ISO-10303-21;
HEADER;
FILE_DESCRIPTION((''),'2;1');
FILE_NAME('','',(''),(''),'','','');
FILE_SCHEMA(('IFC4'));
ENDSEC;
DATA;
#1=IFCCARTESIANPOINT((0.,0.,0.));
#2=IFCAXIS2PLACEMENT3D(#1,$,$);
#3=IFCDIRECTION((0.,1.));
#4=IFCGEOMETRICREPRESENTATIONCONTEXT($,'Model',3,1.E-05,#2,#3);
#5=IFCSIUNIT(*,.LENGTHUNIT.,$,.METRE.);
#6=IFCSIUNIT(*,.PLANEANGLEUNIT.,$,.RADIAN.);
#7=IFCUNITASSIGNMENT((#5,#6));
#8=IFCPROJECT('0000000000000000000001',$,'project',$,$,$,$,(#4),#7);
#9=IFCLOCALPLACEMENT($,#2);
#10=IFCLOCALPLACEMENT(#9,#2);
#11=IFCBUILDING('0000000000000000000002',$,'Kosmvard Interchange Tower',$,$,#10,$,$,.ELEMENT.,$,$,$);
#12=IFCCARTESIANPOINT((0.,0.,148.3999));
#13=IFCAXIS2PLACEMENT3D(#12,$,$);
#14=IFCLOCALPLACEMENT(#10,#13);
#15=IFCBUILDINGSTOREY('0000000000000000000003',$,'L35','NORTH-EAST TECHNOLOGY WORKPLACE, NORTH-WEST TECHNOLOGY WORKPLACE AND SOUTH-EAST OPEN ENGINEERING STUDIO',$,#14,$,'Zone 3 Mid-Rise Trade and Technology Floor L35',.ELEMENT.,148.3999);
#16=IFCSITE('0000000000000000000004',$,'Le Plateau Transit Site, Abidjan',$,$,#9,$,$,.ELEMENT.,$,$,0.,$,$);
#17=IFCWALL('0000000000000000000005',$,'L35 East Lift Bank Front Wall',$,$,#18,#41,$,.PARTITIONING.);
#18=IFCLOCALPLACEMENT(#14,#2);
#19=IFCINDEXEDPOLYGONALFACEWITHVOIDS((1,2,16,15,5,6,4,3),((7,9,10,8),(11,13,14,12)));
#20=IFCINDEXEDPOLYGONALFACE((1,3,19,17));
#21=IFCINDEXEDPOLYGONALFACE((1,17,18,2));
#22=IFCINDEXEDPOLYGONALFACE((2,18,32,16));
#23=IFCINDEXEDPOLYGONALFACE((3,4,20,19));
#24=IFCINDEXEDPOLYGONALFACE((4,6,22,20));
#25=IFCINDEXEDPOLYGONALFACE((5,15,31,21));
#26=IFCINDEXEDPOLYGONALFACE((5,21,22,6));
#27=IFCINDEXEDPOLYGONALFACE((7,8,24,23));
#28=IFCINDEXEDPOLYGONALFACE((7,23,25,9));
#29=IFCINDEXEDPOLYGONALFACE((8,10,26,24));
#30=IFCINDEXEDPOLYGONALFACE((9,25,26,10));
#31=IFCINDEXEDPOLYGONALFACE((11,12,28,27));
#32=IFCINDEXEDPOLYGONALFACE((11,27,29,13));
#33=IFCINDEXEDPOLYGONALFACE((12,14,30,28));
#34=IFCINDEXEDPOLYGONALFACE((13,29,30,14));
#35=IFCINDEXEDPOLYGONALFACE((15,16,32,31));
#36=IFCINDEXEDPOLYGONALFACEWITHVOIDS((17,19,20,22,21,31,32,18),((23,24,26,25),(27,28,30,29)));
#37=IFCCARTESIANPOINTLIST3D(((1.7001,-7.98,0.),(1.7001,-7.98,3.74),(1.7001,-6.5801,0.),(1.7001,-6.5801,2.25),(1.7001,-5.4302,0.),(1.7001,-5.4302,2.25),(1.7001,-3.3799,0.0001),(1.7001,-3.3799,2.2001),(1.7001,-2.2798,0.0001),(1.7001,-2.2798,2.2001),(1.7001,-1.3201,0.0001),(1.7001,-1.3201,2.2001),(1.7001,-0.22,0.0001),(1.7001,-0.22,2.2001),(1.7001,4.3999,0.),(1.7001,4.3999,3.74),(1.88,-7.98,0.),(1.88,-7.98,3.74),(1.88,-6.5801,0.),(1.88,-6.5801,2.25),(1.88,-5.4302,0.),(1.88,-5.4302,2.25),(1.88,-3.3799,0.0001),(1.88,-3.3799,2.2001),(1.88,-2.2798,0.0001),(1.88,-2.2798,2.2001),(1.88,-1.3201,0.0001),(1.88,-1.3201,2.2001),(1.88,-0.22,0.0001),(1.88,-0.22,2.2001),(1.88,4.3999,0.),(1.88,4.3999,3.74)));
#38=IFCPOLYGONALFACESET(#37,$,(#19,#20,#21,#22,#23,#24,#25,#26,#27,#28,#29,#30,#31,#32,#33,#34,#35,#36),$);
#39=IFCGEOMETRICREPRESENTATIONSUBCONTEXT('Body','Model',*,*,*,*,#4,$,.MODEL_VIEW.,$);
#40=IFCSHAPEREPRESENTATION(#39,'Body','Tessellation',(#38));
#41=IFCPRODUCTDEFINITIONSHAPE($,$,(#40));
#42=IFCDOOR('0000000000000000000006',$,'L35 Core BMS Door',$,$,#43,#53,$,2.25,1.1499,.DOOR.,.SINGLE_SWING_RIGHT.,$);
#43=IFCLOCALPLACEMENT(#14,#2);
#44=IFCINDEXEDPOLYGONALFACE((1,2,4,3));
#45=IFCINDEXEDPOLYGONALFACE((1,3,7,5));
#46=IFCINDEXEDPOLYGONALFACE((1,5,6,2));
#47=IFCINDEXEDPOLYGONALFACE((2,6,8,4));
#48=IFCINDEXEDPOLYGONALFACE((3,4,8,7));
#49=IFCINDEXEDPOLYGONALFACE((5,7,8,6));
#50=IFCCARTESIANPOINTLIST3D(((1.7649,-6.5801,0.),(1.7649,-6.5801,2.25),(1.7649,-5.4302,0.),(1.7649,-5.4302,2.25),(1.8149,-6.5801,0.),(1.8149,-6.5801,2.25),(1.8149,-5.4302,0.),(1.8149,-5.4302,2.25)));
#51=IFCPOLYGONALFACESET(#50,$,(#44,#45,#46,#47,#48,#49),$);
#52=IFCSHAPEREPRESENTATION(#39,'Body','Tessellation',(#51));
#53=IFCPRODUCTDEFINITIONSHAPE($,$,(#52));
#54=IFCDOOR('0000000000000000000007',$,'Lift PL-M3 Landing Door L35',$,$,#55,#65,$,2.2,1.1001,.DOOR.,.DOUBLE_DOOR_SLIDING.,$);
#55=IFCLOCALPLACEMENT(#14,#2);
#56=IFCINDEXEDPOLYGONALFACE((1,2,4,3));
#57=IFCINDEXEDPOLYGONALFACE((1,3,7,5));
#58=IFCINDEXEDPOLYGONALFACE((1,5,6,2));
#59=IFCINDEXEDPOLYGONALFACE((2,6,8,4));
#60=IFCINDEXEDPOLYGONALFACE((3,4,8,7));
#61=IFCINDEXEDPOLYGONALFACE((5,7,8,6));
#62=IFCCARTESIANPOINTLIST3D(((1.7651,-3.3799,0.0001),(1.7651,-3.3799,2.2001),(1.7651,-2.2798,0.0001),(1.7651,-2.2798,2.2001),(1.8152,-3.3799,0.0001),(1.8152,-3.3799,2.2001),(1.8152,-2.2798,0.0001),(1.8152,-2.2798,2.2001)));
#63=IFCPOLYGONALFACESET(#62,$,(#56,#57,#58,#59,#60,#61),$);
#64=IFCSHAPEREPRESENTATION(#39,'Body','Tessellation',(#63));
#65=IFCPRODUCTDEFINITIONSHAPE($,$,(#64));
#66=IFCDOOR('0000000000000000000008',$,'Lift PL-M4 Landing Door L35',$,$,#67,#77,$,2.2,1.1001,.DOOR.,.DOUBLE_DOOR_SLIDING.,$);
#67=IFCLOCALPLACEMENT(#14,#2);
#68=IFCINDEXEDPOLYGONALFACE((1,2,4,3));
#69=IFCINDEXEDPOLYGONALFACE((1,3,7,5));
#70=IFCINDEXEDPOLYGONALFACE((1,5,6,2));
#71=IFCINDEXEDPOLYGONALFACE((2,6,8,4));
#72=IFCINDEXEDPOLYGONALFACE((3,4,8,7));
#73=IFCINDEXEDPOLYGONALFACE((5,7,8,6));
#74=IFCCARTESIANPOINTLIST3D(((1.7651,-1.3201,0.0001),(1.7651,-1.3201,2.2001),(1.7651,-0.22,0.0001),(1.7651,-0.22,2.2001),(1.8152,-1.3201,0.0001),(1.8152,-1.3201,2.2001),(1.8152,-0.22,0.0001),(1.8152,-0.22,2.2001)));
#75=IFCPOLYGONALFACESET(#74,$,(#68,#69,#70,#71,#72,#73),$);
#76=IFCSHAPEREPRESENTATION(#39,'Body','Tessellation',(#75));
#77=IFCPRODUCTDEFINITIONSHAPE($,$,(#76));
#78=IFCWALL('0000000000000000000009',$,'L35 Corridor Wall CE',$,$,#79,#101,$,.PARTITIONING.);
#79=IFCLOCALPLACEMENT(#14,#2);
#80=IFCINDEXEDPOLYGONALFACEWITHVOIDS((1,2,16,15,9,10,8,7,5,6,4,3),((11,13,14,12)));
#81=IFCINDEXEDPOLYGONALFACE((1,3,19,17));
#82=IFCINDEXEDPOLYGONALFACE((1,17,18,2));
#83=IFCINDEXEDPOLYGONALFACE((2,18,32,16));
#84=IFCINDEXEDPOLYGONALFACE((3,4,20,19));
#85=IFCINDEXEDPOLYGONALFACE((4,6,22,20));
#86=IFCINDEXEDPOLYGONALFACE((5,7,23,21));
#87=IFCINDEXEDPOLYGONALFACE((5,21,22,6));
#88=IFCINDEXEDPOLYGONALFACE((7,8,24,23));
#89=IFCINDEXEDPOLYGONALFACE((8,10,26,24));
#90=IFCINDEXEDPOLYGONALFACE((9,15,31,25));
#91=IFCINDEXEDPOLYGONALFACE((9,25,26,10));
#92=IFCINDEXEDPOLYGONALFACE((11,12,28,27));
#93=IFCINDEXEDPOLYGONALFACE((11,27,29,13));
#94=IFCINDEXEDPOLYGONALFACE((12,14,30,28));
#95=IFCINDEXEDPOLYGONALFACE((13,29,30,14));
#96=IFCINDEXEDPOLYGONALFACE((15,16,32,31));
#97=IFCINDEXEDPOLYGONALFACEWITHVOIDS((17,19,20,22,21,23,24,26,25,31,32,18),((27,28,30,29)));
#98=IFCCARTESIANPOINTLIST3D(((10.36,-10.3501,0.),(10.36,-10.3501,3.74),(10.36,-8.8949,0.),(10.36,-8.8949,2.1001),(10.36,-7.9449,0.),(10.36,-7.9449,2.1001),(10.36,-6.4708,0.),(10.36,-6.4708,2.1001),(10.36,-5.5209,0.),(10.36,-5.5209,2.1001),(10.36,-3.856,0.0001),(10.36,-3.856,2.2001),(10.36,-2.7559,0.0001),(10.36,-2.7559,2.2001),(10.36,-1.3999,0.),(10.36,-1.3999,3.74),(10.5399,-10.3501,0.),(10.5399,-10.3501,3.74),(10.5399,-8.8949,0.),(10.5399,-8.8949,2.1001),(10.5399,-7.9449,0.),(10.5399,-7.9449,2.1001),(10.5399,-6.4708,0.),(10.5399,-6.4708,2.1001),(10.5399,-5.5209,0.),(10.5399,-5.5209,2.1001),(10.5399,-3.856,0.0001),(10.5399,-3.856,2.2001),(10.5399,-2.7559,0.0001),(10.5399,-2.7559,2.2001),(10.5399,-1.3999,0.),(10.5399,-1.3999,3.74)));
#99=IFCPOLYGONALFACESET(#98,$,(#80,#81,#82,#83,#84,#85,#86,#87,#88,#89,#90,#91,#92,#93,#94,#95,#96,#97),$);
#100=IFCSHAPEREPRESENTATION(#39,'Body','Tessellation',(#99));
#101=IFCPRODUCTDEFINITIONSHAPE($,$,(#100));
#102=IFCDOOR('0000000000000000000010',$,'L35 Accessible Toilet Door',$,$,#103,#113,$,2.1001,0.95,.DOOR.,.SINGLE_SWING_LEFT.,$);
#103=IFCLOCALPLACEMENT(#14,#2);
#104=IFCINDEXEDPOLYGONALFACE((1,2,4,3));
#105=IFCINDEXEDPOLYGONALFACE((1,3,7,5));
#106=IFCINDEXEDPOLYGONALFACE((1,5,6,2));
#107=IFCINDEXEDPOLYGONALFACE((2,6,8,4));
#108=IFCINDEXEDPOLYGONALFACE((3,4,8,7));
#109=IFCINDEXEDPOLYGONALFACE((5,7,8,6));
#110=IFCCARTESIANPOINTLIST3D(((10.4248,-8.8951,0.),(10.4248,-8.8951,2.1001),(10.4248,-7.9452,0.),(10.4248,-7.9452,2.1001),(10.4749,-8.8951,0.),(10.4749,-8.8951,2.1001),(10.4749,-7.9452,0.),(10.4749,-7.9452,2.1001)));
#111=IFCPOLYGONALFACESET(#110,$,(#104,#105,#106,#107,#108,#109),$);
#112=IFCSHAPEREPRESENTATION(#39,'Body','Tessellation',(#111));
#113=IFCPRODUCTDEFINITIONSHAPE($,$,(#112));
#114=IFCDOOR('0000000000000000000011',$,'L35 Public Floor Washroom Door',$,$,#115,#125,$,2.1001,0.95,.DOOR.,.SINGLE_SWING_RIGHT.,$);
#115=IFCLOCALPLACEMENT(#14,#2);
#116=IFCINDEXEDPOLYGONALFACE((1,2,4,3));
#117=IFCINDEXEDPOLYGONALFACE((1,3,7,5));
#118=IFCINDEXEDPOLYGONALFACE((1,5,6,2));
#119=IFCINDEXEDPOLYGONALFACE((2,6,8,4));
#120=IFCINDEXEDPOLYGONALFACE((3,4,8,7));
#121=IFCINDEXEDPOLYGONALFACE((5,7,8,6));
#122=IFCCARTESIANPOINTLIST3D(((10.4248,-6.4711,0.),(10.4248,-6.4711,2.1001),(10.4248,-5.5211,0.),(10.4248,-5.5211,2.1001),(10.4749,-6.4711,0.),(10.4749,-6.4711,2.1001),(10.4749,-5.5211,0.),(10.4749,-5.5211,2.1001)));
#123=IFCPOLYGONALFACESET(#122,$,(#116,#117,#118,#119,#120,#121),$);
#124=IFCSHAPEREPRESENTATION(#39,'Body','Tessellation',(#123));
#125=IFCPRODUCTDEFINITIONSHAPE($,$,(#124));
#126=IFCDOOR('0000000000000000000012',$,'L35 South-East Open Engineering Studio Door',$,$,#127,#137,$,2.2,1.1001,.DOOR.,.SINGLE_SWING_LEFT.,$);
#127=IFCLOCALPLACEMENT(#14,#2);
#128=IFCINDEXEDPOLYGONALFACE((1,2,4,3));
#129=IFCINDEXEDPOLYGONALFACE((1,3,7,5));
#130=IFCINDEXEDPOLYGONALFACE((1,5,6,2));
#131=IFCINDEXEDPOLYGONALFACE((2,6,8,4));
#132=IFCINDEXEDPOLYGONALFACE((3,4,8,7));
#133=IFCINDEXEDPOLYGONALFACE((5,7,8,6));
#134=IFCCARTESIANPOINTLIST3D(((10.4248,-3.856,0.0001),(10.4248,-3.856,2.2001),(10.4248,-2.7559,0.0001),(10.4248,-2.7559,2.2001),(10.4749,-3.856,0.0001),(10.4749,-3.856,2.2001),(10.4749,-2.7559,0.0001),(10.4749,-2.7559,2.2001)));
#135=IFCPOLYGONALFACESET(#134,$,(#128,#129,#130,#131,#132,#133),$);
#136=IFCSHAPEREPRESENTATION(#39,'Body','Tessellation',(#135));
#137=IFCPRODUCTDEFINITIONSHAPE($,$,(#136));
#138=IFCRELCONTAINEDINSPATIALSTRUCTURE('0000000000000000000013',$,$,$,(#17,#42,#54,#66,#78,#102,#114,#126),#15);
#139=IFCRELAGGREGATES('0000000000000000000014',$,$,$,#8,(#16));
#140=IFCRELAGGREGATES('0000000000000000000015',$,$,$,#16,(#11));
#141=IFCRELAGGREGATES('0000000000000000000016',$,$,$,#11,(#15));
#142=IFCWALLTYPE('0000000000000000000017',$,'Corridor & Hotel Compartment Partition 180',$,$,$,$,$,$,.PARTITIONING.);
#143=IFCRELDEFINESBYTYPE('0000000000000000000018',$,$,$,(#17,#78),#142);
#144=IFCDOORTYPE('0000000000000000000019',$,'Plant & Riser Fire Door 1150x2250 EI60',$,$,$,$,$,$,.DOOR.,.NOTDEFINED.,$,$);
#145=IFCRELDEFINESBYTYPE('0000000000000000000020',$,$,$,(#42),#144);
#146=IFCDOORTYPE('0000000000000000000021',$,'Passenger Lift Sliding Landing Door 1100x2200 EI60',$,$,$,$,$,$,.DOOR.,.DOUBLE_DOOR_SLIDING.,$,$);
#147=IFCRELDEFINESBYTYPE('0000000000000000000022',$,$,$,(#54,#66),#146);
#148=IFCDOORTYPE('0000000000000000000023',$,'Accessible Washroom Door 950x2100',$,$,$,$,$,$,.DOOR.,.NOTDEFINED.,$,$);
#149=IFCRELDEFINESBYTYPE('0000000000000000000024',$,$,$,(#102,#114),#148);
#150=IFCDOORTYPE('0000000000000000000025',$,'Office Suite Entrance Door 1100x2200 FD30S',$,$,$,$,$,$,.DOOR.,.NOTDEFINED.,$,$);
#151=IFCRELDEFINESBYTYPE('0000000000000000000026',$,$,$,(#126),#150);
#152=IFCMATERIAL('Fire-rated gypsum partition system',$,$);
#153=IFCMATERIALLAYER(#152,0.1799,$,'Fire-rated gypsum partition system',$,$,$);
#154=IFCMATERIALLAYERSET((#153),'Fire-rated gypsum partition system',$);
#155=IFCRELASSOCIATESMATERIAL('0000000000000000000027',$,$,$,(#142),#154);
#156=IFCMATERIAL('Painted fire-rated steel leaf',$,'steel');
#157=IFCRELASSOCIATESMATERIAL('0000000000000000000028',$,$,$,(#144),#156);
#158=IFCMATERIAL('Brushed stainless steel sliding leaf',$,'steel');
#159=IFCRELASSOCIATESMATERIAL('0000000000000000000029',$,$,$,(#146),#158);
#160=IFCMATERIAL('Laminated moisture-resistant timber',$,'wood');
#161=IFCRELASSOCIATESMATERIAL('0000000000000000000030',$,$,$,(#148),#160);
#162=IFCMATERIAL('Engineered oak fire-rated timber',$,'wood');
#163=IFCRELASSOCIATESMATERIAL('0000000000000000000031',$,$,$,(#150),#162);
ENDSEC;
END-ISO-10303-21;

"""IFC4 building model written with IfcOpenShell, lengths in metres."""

from ifc_helpers import new_model, si_unit, direction, frame, frame_2d, origin, place, context, subcontext, project, spatial, rectangle, extrude, source, transform, mapped, material, layer, layer_set, type_object, element, fill, save


model = new_model("IFC4")

# Units and contexts
model_context = context("Model", 3, precision=1e-05, world=origin(), true_north=direction((0.0, 1.0)))
body_context = subcontext(model_context, "Body", "Model", "MODEL_VIEW")
ifc_project = project(units=[si_unit("LENGTHUNIT", "METRE"), si_unit("PLANEANGLEUNIT", "RADIAN")], contexts=[model_context])

# Site, building, storey
site_placement = place(None, origin())
site = spatial("IfcSite", under=ifc_project, at=site_placement, Name="Le Plateau Transit Site, Abidjan", CompositionType="ELEMENT", RefElevation=0.0)
building_placement = place(site_placement, origin())
building = spatial("IfcBuilding", under=site, at=building_placement, Name="Kosmvard Interchange Tower", CompositionType="ELEMENT")
storey_placement = place(building_placement, frame((0.0, 0.0, 148.3999)))
storey = spatial("IfcBuildingStorey", under=building, at=storey_placement, Name="L35", Description="NORTH-EAST TECHNOLOGY WORKPLACE, NORTH-WEST TECHNOLOGY WORKPLACE AND SOUTH-EAST OPEN ENGINEERING STUDIO", LongName="Zone 3 Mid-Rise Trade and Technology Floor L35", CompositionType="ELEMENT", Elevation=148.3999)

# Walls, openings, doors
ifc_material_1 = material(Name="Fire-rated gypsum partition system")
ifc_layer_1 = layer(ifc_material_1, 0.1799, Name="Fire-rated gypsum partition system")
ifc_layer_set_1 = layer_set([ifc_layer_1], Name="Fire-rated gypsum partition system")
wall_type_1 = type_object("IfcWallType", Name="Corridor & Hotel Compartment Partition 180", PredefinedType="PARTITIONING", material=ifc_layer_set_1)
wall_1_placement = place(storey_placement, frame((1.79, -7.98, 0.0), z_axis=(0.0, 0.0, 1.0), x_axis=(0.0, 1.0, 0.0)))
wall_1 = element("IfcWall", 1, at=wall_1_placement, inside=storey, type_object=wall_type_1, Name="L35 East Lift Bank Front Wall", PredefinedType="PARTITIONING", context=body_context, shape_type="SweptSolid", body=[
    extrude(rectangle(XDim=12.3799, YDim=0.1799, at=frame_2d((6.1899, 0.0))), origin(), (0.0, 0.0, 1.0), 3.74),
])
opening_1_placement = place(wall_1_placement, frame((4.6001, 0.0, 0.0)))
opening_1 = element("IfcOpeningElement", 2, at=opening_1_placement, cuts=wall_1, PredefinedType="OPENING", context=body_context, shape_type="SweptSolid", body=[
    extrude(rectangle(XDim=1.1001, YDim=2.2, at=frame_2d((0.55, 1.1001))), frame((0.0, 0.1001, 0.0), z_axis=(0.0, -1.0, 0.0), x_axis=(1.0, 0.0, 0.0)), (0.0, 0.0, 1.0), 0.2),
])
opening_2_placement = place(wall_1_placement, frame((6.6599, 0.0, 0.0)))
opening_2 = element("IfcOpeningElement", 3, at=opening_2_placement, cuts=wall_1, PredefinedType="OPENING", context=body_context, shape_type="SweptSolid", body=[
    extrude(rectangle(XDim=1.1001, YDim=2.2, at=frame_2d((0.55, 1.1001))), frame((0.0, 0.1001, 0.0), z_axis=(0.0, -1.0, 0.0), x_axis=(1.0, 0.0, 0.0)), (0.0, 0.0, 1.0), 0.2),
])
opening_3_placement = place(wall_1_placement, frame((1.3999, 0.0, 0.0)))
opening_3 = element("IfcOpeningElement", 4, at=opening_3_placement, cuts=wall_1, PredefinedType="OPENING", context=body_context, shape_type="SweptSolid", body=[
    extrude(rectangle(XDim=1.1499, YDim=2.25, at=frame_2d((0.575, 1.125))), frame((0.0, 0.1001, 0.0), z_axis=(0.0, -1.0, 0.0), x_axis=(1.0, 0.0, 0.0)), (0.0, 0.0, 1.0), 0.2),
])
ifc_material_2 = material(Name="Painted fire-rated steel leaf", Category="steel")
door_type_1 = type_object("IfcDoorType", Name="Plant & Riser Fire Door 1150x2250 EI60", OperationType="NOTDEFINED", PredefinedType="DOOR", material=ifc_material_2)
shared_shape_1 = source(origin(), body_context, "Body", "SweptSolid", [
    extrude(rectangle(XDim=1.1499, YDim=2.25, at=frame_2d((0.575, 1.125))), frame((0.0, 0.0249, 0.0), z_axis=(0.0, -1.0, 0.0), x_axis=(1.0, 0.0, 0.0)), (0.0, 0.0, 1.0), 0.05),
])
door_1_placement = place(opening_3_placement, frame((1.1499, 0.0, 0.0), z_axis=(0.0, 0.0, 1.0), x_axis=(-1.0, 0.0, 0.0)))
door_1 = element("IfcDoor", 5, at=door_1_placement, inside=storey, type_object=door_type_1, Name="L35 Core BMS Door", OperationType="SINGLE_SWING_RIGHT", OverallHeight=2.25, OverallWidth=1.1499, PredefinedType="DOOR", context=body_context, shape_type="MappedRepresentation", body=[
    mapped(shared_shape_1, transform((0.0, 0.0, 0.0), scale=1.0)),
])
fill(opening_3, door_1)
ifc_material_3 = material(Name="Brushed stainless steel sliding leaf", Category="steel")
door_type_2 = type_object("IfcDoorType", Name="Passenger Lift Sliding Landing Door 1100x2200 EI60", OperationType="DOUBLE_DOOR_SLIDING", PredefinedType="DOOR", material=ifc_material_3)
shared_shape_2 = source(origin(), body_context, "Body", "SweptSolid", [
    extrude(rectangle(XDim=1.1001, YDim=2.2, at=frame_2d((0.55, 1.1001))), frame((0.0, 0.0249, 0.0), z_axis=(0.0, -1.0, 0.0), x_axis=(1.0, 0.0, 0.0)), (0.0, 0.0, 1.0), 0.05),
])
door_2_placement = place(opening_1_placement, origin())
door_2 = element("IfcDoor", 6, at=door_2_placement, inside=storey, type_object=door_type_2, Name="Lift PL-M3 Landing Door L35", OperationType="DOUBLE_DOOR_SLIDING", OverallHeight=2.2, OverallWidth=1.1001, PredefinedType="DOOR", context=body_context, shape_type="MappedRepresentation", body=[
    mapped(shared_shape_2, transform((0.0, 0.0, 0.0), scale=1.0)),
])
fill(opening_1, door_2)
door_3_placement = place(opening_2_placement, origin())
door_3 = element("IfcDoor", 7, at=door_3_placement, inside=storey, type_object=door_type_2, Name="Lift PL-M4 Landing Door L35", OperationType="DOUBLE_DOOR_SLIDING", OverallHeight=2.2, OverallWidth=1.1001, PredefinedType="DOOR", context=body_context, shape_type="MappedRepresentation", body=[
    mapped(shared_shape_2, transform((0.0, 0.0, 0.0), scale=1.0)),
])
fill(opening_2, door_3)
wall_2_placement = place(storey_placement, frame((10.45, -10.3501, 0.0), z_axis=(0.0, 0.0, 1.0), x_axis=(0.0, 1.0, 0.0)))
wall_2 = element("IfcWall", 8, at=wall_2_placement, inside=storey, type_object=wall_type_1, Name="L35 Corridor Wall CE", PredefinedType="PARTITIONING", context=body_context, shape_type="SweptSolid", body=[
    extrude(rectangle(XDim=8.9502, YDim=0.1799, at=frame_2d((4.4751, 0.0))), origin(), (0.0, 0.0, 1.0), 3.74),
])
opening_4_placement = place(wall_2_placement, frame((1.4551, 0.0, 0.0)))
opening_4 = element("IfcOpeningElement", 9, at=opening_4_placement, cuts=wall_2, PredefinedType="OPENING", context=body_context, shape_type="SweptSolid", body=[
    extrude(rectangle(XDim=0.95, YDim=2.1001, at=frame_2d((0.4751, 1.05))), frame((0.0, 0.1001, 0.0), z_axis=(0.0, -1.0, 0.0), x_axis=(1.0, 0.0, 0.0)), (0.0, 0.0, 1.0), 0.2),
])
opening_5_placement = place(wall_2_placement, frame((3.8792, 0.0, 0.0)))
opening_5 = element("IfcOpeningElement", 10, at=opening_5_placement, cuts=wall_2, PredefinedType="OPENING", context=body_context, shape_type="SweptSolid", body=[
    extrude(rectangle(XDim=0.95, YDim=2.1001, at=frame_2d((0.4751, 1.05))), frame((0.0, 0.1001, 0.0), z_axis=(0.0, -1.0, 0.0), x_axis=(1.0, 0.0, 0.0)), (0.0, 0.0, 1.0), 0.2),
])
opening_6_placement = place(wall_2_placement, frame((6.4941, 0.0, 0.0)))
opening_6 = element("IfcOpeningElement", 11, at=opening_6_placement, cuts=wall_2, PredefinedType="OPENING", context=body_context, shape_type="SweptSolid", body=[
    extrude(rectangle(XDim=1.1001, YDim=2.2, at=frame_2d((0.55, 1.1001))), frame((0.0, 0.1001, 0.0), z_axis=(0.0, -1.0, 0.0), x_axis=(1.0, 0.0, 0.0)), (0.0, 0.0, 1.0), 0.2),
])
ifc_material_4 = material(Name="Laminated moisture-resistant timber", Category="wood")
door_type_3 = type_object("IfcDoorType", Name="Accessible Washroom Door 950x2100", OperationType="NOTDEFINED", PredefinedType="DOOR", material=ifc_material_4)
shared_shape_3 = source(origin(), body_context, "Body", "SweptSolid", [
    extrude(rectangle(XDim=0.95, YDim=2.1001, at=frame_2d((0.4751, 1.05))), frame((0.0, 0.0249, 0.0), z_axis=(0.0, -1.0, 0.0), x_axis=(1.0, 0.0, 0.0)), (0.0, 0.0, 1.0), 0.05),
])
door_4_placement = place(opening_4_placement, frame((0.95, 0.0, 0.0), z_axis=(0.0, 0.0, 1.0), x_axis=(-1.0, 0.0, 0.0)))
door_4 = element("IfcDoor", 12, at=door_4_placement, inside=storey, type_object=door_type_3, Name="L35 Accessible Toilet Door", OperationType="SINGLE_SWING_LEFT", OverallHeight=2.1001, OverallWidth=0.95, PredefinedType="DOOR", context=body_context, shape_type="MappedRepresentation", body=[
    mapped(shared_shape_3, transform((0.0, 0.0, 0.0), scale=1.0)),
])
fill(opening_4, door_4)
door_5_placement = place(opening_5_placement, frame((0.95, 0.0, 0.0), z_axis=(0.0, 0.0, 1.0), x_axis=(-1.0, 0.0, 0.0)))
door_5 = element("IfcDoor", 13, at=door_5_placement, inside=storey, type_object=door_type_3, Name="L35 Public Floor Washroom Door", OperationType="SINGLE_SWING_RIGHT", OverallHeight=2.1001, OverallWidth=0.95, PredefinedType="DOOR", context=body_context, shape_type="MappedRepresentation", body=[
    mapped(shared_shape_3, transform((0.0, 0.0, 0.0), scale=1.0)),
])
fill(opening_5, door_5)
ifc_material_5 = material(Name="Engineered oak fire-rated timber", Category="wood")
door_type_4 = type_object("IfcDoorType", Name="Office Suite Entrance Door 1100x2200 FD30S", OperationType="NOTDEFINED", PredefinedType="DOOR", material=ifc_material_5)
door_6_placement = place(opening_6_placement, frame((1.1001, 0.0, 0.0), z_axis=(0.0, 0.0, 1.0), x_axis=(-1.0, 0.0, 0.0)))
door_6 = element("IfcDoor", 14, at=door_6_placement, inside=storey, type_object=door_type_4, Name="L35 South-East Open Engineering Studio Door", OperationType="SINGLE_SWING_LEFT", OverallHeight=2.2, OverallWidth=1.1001, PredefinedType="DOOR", context=body_context, shape_type="MappedRepresentation", body=[
    mapped(shared_shape_2, transform((0.0, 0.0, 0.0), scale=1.0)),
])
fill(opening_6, door_6)

save(model, "model.ifc")
